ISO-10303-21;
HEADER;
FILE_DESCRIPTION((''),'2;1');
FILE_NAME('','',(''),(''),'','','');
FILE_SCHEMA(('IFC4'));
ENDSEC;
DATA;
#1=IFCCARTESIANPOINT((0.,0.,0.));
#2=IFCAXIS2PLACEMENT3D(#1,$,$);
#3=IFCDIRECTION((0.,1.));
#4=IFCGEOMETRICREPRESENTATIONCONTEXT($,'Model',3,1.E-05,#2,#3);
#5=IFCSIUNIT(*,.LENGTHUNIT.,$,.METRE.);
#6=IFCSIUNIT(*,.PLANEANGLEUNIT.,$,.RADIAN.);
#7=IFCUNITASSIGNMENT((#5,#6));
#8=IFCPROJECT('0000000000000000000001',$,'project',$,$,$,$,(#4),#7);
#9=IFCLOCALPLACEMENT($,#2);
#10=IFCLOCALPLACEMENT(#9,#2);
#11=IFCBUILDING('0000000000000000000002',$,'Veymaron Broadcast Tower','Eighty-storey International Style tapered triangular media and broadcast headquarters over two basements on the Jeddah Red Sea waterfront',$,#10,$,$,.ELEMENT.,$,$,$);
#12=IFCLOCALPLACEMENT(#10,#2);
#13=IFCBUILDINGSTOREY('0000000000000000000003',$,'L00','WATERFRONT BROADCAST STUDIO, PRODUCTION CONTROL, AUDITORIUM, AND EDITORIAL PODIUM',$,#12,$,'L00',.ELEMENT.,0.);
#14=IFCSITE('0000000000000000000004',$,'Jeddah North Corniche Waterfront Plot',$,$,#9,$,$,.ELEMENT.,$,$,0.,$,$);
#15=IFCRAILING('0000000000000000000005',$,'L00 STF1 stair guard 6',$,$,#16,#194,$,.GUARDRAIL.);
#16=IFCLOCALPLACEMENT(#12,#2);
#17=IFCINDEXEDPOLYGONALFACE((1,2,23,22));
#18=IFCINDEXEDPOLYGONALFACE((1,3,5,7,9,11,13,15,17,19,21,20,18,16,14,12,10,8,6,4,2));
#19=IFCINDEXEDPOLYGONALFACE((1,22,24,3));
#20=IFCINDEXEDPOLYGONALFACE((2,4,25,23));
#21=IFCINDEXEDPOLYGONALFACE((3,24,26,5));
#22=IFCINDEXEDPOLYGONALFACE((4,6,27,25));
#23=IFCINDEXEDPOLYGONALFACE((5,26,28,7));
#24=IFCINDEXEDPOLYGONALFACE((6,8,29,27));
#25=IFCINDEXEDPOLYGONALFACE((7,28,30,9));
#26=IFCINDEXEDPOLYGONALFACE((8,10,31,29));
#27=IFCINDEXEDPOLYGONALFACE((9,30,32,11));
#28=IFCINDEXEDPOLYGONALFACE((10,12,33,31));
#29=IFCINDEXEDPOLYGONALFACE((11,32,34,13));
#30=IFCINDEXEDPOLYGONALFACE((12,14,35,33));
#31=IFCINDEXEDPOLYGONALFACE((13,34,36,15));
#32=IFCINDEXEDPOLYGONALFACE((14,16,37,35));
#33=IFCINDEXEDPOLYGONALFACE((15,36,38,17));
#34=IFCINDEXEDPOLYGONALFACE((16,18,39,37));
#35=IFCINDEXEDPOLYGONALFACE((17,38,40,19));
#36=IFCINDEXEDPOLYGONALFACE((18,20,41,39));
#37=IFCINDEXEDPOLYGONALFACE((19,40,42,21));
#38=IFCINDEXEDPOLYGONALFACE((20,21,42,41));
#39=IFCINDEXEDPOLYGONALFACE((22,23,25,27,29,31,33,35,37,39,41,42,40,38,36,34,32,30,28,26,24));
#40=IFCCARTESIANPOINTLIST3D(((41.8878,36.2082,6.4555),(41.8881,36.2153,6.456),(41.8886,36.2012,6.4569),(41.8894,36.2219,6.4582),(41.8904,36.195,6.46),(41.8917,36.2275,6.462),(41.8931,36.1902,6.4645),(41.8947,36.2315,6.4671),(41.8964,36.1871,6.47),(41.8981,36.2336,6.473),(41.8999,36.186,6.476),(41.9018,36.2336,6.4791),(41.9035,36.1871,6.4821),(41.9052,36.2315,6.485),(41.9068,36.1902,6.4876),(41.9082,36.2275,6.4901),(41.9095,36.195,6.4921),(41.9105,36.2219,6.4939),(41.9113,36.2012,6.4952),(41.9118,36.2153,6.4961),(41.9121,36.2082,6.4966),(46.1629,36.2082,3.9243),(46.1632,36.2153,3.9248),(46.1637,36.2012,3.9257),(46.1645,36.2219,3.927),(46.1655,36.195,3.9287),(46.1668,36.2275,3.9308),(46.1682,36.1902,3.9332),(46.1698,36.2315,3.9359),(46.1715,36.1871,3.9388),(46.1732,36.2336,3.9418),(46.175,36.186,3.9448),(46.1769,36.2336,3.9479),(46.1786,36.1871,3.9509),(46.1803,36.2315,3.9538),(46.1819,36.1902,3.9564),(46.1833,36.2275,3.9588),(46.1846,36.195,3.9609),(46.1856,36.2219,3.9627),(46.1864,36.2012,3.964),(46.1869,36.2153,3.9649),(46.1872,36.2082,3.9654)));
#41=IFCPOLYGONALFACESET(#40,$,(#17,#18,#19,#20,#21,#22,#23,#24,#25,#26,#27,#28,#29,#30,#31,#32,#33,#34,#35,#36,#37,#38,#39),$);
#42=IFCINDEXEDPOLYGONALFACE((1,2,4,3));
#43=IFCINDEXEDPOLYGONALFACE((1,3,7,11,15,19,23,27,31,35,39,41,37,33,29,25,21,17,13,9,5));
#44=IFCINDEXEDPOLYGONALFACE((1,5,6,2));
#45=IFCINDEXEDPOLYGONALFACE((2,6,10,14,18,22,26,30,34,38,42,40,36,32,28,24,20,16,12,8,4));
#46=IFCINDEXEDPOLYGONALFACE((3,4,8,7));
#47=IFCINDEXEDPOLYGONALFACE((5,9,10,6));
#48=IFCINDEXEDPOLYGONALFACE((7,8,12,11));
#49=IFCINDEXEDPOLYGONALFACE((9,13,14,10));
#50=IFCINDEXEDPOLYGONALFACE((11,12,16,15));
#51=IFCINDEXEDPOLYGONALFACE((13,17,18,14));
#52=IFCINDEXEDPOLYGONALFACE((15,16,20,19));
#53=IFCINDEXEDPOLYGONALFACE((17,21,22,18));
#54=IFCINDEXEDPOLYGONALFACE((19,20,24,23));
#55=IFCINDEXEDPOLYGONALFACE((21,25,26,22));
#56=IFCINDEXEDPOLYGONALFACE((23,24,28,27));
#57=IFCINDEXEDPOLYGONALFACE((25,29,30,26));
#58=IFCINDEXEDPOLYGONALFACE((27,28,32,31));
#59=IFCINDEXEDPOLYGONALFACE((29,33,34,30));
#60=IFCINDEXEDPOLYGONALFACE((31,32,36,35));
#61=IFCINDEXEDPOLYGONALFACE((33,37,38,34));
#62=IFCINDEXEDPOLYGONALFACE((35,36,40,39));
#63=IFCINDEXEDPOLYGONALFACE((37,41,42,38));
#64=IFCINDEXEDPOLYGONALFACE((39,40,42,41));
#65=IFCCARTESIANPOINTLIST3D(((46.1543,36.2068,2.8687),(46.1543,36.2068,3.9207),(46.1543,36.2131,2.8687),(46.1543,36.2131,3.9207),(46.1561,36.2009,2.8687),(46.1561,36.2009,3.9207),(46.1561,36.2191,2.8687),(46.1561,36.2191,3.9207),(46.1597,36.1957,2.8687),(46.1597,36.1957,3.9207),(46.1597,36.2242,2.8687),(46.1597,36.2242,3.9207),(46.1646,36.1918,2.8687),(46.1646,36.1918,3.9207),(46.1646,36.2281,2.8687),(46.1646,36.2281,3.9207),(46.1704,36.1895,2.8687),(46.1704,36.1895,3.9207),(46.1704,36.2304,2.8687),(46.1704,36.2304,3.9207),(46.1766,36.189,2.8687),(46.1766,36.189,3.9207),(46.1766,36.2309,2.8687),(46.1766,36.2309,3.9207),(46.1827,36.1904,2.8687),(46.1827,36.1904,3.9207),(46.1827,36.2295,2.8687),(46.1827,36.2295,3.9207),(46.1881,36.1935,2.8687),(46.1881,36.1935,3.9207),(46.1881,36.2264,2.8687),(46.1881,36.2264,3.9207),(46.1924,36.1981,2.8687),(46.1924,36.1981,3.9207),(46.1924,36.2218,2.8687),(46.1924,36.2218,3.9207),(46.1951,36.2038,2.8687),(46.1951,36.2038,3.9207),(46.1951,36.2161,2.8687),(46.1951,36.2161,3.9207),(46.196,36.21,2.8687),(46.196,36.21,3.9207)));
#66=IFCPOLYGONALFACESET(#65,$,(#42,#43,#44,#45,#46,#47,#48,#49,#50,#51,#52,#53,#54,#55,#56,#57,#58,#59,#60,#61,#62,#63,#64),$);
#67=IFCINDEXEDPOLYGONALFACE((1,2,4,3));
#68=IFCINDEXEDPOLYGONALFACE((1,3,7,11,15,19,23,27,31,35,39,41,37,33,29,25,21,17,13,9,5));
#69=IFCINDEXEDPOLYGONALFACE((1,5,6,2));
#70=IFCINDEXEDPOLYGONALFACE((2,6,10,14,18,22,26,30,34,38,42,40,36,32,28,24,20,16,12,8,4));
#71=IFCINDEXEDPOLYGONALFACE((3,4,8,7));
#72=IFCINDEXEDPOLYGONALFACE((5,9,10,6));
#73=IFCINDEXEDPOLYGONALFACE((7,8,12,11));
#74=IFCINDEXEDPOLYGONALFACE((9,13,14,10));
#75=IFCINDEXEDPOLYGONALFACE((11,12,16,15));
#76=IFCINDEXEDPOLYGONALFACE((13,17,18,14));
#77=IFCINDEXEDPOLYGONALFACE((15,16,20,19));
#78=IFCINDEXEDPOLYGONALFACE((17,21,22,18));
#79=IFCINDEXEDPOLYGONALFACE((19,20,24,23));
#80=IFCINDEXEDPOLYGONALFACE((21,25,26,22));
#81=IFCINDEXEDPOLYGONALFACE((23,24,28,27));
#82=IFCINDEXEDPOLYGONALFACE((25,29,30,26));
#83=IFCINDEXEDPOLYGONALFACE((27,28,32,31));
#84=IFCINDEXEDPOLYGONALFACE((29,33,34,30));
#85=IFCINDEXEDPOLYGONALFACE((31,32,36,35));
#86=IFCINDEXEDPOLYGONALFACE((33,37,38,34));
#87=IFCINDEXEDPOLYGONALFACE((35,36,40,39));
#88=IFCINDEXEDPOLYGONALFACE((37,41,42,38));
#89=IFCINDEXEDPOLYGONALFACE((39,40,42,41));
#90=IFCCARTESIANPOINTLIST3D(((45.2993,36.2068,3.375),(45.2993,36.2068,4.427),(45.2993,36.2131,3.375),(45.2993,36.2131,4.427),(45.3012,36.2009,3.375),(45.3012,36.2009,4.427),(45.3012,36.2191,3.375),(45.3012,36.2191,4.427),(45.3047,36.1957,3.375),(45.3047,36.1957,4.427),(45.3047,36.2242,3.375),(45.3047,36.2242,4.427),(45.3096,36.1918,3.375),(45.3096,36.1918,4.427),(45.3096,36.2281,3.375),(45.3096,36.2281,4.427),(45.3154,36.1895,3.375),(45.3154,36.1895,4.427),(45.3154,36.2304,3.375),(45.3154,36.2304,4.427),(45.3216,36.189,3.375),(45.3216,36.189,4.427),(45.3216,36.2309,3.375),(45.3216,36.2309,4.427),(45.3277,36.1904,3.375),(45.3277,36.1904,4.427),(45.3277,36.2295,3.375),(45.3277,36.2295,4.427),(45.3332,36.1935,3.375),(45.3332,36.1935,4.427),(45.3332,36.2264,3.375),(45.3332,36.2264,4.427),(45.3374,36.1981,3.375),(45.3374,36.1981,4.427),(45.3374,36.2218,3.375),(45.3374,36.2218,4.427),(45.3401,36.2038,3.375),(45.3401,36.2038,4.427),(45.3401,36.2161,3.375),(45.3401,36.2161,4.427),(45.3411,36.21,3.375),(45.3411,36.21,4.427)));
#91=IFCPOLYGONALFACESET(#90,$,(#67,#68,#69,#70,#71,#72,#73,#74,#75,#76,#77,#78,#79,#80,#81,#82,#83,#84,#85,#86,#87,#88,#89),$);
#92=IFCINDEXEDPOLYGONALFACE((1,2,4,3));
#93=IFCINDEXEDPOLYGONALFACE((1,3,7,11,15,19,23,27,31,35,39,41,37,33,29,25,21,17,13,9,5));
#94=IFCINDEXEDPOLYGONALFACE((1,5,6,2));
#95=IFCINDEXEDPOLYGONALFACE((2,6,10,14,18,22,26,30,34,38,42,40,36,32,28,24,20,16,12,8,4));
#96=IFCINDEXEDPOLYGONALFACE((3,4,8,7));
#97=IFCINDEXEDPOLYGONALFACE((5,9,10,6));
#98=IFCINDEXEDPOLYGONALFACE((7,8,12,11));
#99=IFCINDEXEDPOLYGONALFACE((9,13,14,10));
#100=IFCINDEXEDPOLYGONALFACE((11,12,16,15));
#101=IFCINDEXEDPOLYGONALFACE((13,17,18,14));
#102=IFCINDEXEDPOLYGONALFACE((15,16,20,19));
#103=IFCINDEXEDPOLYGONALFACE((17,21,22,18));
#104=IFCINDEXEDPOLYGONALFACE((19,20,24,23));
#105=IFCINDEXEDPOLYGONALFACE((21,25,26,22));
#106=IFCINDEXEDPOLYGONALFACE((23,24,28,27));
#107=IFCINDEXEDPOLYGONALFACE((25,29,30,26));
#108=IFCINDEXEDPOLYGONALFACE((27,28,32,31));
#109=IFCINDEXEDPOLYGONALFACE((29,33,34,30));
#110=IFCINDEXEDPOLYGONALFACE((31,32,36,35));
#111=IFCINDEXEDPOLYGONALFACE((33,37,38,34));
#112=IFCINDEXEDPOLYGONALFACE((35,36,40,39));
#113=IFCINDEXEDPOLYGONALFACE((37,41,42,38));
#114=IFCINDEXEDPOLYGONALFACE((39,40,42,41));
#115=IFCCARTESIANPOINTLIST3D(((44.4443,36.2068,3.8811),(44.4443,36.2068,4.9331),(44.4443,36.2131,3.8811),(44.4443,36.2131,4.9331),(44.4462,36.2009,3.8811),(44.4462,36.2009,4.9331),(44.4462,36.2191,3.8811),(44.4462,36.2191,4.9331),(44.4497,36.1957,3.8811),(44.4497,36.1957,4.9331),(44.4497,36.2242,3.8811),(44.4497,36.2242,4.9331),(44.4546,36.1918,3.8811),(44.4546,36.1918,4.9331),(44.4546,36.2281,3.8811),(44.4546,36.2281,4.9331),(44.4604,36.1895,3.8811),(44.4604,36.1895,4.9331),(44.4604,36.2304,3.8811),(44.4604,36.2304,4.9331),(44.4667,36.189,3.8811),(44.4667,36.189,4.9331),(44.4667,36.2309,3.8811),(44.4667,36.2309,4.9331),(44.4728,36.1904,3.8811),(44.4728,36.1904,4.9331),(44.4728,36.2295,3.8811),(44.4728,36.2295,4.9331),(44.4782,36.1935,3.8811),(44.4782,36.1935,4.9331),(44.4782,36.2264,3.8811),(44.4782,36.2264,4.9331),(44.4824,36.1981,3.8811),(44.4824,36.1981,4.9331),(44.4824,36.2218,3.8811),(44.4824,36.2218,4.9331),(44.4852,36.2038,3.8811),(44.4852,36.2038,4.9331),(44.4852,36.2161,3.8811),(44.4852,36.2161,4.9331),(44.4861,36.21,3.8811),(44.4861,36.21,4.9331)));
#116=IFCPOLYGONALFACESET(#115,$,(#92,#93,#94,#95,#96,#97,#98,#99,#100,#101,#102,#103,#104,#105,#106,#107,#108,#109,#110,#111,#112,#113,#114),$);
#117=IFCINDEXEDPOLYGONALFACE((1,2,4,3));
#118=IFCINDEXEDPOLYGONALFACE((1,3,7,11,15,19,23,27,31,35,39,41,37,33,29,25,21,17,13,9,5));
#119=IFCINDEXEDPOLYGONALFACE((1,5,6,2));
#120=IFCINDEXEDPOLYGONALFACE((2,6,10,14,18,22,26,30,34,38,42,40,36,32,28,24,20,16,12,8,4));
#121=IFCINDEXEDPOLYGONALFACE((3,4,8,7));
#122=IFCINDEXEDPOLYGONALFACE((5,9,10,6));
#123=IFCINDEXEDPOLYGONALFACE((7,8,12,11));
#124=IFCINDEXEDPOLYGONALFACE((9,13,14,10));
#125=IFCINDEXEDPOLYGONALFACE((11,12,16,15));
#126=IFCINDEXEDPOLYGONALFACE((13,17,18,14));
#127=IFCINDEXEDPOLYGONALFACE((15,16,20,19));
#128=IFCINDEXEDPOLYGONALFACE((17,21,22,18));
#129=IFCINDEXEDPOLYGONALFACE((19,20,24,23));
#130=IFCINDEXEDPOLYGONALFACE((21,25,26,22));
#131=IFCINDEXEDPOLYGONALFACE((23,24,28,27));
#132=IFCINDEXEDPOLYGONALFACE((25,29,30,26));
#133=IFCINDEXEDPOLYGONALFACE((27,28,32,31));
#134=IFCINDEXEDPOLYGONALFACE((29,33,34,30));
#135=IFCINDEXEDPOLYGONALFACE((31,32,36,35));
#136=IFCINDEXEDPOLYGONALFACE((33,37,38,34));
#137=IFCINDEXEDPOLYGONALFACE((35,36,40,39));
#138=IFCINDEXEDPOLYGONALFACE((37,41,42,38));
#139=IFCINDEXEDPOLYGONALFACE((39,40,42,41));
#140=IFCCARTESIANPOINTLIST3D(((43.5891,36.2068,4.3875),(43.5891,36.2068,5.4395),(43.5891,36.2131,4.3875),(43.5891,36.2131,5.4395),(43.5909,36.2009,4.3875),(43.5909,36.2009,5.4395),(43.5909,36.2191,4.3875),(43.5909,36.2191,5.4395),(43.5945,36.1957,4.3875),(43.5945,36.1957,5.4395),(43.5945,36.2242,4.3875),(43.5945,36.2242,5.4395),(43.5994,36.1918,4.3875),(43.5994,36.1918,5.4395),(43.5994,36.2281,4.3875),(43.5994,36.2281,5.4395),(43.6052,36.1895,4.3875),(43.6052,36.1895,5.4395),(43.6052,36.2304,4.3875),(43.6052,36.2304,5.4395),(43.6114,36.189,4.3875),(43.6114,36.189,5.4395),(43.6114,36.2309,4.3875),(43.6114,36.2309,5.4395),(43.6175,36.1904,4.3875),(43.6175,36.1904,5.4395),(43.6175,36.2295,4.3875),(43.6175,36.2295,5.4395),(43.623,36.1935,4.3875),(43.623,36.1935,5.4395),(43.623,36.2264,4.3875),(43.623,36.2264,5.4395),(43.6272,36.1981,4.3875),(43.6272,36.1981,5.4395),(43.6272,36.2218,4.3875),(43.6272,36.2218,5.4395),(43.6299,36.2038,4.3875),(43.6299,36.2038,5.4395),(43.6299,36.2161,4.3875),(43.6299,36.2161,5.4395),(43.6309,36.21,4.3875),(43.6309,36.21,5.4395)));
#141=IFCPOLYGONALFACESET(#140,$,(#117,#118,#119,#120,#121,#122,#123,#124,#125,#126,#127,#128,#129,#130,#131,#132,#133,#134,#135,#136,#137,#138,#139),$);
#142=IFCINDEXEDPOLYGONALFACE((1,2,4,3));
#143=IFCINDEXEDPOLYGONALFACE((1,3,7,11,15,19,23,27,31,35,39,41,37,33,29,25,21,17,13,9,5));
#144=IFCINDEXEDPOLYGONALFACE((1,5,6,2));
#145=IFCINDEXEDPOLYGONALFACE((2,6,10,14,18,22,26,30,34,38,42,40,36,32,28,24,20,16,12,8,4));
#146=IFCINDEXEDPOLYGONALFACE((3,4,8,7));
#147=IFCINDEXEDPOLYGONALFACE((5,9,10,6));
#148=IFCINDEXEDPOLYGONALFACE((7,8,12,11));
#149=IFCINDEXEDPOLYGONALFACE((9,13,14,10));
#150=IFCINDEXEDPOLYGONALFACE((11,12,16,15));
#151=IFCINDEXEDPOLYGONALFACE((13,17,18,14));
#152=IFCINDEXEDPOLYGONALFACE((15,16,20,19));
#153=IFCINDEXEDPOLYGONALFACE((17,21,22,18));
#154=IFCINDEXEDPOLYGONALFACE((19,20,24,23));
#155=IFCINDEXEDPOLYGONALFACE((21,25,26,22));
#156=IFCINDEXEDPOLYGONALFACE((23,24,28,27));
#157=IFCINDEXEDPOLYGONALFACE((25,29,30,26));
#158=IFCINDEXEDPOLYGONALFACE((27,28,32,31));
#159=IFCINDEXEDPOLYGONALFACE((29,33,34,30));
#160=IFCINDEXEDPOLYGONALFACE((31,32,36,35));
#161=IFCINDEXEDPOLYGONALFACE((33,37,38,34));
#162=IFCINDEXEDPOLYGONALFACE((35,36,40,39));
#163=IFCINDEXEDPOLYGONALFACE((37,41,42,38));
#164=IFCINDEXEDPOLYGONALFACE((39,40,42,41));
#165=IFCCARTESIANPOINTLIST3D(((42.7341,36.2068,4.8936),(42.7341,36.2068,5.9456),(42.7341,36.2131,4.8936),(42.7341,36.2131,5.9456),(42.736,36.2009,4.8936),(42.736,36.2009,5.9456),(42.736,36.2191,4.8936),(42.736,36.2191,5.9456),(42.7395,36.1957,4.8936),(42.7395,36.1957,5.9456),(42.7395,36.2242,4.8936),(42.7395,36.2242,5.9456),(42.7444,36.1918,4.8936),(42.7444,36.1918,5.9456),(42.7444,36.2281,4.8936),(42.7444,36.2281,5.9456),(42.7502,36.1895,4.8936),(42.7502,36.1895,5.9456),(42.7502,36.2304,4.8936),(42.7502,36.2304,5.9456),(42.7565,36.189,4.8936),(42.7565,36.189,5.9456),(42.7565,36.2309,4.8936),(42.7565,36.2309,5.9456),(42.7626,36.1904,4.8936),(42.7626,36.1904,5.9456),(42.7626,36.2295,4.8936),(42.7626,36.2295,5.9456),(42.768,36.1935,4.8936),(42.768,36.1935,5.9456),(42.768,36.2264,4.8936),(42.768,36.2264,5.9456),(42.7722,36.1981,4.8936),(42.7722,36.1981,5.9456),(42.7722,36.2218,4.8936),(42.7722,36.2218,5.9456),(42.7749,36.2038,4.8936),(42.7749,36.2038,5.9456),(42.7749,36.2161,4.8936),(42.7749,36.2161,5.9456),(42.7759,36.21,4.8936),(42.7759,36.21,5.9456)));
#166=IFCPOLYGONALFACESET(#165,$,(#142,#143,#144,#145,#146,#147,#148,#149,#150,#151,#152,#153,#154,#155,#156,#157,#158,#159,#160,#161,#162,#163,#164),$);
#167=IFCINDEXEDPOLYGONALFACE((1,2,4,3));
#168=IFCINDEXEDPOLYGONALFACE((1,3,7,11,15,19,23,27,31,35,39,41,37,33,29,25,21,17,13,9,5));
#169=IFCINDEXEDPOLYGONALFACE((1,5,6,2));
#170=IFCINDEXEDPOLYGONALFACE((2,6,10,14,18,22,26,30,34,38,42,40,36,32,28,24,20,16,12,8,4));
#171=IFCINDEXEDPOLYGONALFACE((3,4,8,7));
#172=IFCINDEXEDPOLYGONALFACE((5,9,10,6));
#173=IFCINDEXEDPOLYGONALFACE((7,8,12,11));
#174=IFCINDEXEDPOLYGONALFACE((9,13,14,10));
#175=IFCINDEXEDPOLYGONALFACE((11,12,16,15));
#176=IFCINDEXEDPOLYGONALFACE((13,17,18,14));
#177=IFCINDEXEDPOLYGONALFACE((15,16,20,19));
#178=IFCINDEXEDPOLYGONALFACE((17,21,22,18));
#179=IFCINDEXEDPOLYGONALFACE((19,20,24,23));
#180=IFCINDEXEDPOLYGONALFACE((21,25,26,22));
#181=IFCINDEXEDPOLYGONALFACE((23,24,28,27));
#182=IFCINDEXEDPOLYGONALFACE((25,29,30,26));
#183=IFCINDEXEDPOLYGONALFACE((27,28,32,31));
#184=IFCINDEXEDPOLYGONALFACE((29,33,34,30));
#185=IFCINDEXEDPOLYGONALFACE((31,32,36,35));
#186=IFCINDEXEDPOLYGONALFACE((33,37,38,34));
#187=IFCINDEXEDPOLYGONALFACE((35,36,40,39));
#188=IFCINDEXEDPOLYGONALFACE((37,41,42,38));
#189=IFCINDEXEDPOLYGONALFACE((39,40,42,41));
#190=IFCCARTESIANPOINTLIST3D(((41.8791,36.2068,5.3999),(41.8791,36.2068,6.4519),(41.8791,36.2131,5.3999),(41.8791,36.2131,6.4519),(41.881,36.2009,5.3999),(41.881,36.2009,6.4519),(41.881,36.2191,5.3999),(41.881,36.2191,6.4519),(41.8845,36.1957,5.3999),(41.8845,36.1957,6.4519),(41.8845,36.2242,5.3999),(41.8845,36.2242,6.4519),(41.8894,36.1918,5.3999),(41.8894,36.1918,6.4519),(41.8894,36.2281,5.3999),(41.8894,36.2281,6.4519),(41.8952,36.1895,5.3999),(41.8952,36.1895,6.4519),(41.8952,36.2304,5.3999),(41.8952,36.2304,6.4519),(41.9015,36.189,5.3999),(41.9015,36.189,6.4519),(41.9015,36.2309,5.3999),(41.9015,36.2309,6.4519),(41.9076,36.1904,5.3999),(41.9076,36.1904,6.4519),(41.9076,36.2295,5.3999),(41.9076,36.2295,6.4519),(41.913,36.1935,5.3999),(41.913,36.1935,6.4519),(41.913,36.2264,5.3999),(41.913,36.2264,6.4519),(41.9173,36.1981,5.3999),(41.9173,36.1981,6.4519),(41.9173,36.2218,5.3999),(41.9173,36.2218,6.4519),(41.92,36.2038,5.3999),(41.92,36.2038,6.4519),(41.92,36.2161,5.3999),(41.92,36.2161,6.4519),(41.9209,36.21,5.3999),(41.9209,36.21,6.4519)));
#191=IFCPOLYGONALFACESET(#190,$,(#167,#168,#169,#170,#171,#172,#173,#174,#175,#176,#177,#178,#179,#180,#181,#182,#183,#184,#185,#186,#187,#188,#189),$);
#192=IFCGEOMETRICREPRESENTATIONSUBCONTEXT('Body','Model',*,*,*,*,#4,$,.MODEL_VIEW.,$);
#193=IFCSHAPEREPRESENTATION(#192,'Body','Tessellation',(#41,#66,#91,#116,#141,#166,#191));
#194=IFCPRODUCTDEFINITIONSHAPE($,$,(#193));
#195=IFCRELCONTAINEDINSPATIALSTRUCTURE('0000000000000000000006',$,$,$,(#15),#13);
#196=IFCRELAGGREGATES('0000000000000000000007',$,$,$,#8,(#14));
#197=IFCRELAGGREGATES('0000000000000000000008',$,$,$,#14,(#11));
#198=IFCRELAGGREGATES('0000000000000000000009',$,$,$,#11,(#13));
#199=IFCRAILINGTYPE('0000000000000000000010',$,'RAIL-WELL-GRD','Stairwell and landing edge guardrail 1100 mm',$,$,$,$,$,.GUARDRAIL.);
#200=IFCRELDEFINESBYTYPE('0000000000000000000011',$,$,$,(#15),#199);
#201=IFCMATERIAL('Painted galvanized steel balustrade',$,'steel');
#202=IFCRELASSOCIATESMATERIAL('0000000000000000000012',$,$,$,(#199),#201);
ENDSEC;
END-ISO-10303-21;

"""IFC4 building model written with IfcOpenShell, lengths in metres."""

from ifc_helpers import new_model, si_unit, direction, frame, origin, origin_2d, place, context, subcontext, project, spatial, circle, extrude, material, type_object, element, save


model = new_model("IFC4")

# Units and contexts
model_context = context("Model", 3, precision=1e-05, world=origin(), true_north=direction((0.0, 1.0)))
body_context = subcontext(model_context, "Body", "Model", "MODEL_VIEW")
ifc_project = project(units=[si_unit("LENGTHUNIT", "METRE"), si_unit("PLANEANGLEUNIT", "RADIAN")], contexts=[model_context])

# Site, building, storey
site_placement = place(None, origin())
site = spatial("IfcSite", under=ifc_project, at=site_placement, Name="Jeddah North Corniche Waterfront Plot", CompositionType="ELEMENT", RefElevation=0.0)
building_placement = place(site_placement, origin())
building = spatial("IfcBuilding", under=site, at=building_placement, Name="Veymaron Broadcast Tower", Description="Eighty-storey International Style tapered triangular media and broadcast headquarters over two basements on the Jeddah Red Sea waterfront", CompositionType="ELEMENT")
storey_placement = place(building_placement, origin())
storey = spatial("IfcBuildingStorey", under=building, at=storey_placement, Name="L00", Description="WATERFRONT BROADCAST STUDIO, PRODUCTION CONTROL, AUDITORIUM, AND EDITORIAL PODIUM", LongName="L00", CompositionType="ELEMENT", Elevation=0.0)

# Railing
ifc_material_1 = material(Name="Painted galvanized steel balustrade", Category="steel")
railing_type_1 = type_object("IfcRailingType", Name="RAIL-WELL-GRD", Description="Stairwell and landing edge guardrail 1100 mm", PredefinedType="GUARDRAIL", material=ifc_material_1)
railing_1_placement = place(storey_placement, frame((46.175, 36.21, 2.8687)))
element("IfcRailing", 1, at=railing_1_placement, inside=storey, type_object=railing_type_1, Name="L00 STF1 stair guard 6", PredefinedType="GUARDRAIL", context=body_context, shape_type="SweptSolid", body=[
    extrude(circle(Radius=0.0239, at=origin_2d()), frame((0.0, 0.0, 1.0762), z_axis=(-0.860483, 0.0, 0.509479), x_axis=(0.0, -1.0, 0.0)), (0.0, 0.0, 1.0), 4.9683),
    extrude(circle(Radius=0.021, at=origin_2d()), origin(), (0.0, 0.0, 1.0), 1.052),
    extrude(circle(Radius=0.021, at=origin_2d()), frame((-0.855, 0.0, 0.5063)), (0.0, 0.0, 1.0), 1.052),
    extrude(circle(Radius=0.021, at=origin_2d()), frame((-1.71, 0.0, 1.0125)), (0.0, 0.0, 1.0), 1.052),
    extrude(circle(Radius=0.021, at=origin_2d()), frame((-2.5652, 0.0, 1.5188)), (0.0, 0.0, 1.0), 1.052),
    extrude(circle(Radius=0.021, at=origin_2d()), frame((-3.4202, 0.0, 2.0249)), (0.0, 0.0, 1.0), 1.052),
    extrude(circle(Radius=0.021, at=origin_2d()), frame((-4.2751, 0.0, 2.5312)), (0.0, 0.0, 1.0), 1.052),
])

save(model, "model.ifc")
